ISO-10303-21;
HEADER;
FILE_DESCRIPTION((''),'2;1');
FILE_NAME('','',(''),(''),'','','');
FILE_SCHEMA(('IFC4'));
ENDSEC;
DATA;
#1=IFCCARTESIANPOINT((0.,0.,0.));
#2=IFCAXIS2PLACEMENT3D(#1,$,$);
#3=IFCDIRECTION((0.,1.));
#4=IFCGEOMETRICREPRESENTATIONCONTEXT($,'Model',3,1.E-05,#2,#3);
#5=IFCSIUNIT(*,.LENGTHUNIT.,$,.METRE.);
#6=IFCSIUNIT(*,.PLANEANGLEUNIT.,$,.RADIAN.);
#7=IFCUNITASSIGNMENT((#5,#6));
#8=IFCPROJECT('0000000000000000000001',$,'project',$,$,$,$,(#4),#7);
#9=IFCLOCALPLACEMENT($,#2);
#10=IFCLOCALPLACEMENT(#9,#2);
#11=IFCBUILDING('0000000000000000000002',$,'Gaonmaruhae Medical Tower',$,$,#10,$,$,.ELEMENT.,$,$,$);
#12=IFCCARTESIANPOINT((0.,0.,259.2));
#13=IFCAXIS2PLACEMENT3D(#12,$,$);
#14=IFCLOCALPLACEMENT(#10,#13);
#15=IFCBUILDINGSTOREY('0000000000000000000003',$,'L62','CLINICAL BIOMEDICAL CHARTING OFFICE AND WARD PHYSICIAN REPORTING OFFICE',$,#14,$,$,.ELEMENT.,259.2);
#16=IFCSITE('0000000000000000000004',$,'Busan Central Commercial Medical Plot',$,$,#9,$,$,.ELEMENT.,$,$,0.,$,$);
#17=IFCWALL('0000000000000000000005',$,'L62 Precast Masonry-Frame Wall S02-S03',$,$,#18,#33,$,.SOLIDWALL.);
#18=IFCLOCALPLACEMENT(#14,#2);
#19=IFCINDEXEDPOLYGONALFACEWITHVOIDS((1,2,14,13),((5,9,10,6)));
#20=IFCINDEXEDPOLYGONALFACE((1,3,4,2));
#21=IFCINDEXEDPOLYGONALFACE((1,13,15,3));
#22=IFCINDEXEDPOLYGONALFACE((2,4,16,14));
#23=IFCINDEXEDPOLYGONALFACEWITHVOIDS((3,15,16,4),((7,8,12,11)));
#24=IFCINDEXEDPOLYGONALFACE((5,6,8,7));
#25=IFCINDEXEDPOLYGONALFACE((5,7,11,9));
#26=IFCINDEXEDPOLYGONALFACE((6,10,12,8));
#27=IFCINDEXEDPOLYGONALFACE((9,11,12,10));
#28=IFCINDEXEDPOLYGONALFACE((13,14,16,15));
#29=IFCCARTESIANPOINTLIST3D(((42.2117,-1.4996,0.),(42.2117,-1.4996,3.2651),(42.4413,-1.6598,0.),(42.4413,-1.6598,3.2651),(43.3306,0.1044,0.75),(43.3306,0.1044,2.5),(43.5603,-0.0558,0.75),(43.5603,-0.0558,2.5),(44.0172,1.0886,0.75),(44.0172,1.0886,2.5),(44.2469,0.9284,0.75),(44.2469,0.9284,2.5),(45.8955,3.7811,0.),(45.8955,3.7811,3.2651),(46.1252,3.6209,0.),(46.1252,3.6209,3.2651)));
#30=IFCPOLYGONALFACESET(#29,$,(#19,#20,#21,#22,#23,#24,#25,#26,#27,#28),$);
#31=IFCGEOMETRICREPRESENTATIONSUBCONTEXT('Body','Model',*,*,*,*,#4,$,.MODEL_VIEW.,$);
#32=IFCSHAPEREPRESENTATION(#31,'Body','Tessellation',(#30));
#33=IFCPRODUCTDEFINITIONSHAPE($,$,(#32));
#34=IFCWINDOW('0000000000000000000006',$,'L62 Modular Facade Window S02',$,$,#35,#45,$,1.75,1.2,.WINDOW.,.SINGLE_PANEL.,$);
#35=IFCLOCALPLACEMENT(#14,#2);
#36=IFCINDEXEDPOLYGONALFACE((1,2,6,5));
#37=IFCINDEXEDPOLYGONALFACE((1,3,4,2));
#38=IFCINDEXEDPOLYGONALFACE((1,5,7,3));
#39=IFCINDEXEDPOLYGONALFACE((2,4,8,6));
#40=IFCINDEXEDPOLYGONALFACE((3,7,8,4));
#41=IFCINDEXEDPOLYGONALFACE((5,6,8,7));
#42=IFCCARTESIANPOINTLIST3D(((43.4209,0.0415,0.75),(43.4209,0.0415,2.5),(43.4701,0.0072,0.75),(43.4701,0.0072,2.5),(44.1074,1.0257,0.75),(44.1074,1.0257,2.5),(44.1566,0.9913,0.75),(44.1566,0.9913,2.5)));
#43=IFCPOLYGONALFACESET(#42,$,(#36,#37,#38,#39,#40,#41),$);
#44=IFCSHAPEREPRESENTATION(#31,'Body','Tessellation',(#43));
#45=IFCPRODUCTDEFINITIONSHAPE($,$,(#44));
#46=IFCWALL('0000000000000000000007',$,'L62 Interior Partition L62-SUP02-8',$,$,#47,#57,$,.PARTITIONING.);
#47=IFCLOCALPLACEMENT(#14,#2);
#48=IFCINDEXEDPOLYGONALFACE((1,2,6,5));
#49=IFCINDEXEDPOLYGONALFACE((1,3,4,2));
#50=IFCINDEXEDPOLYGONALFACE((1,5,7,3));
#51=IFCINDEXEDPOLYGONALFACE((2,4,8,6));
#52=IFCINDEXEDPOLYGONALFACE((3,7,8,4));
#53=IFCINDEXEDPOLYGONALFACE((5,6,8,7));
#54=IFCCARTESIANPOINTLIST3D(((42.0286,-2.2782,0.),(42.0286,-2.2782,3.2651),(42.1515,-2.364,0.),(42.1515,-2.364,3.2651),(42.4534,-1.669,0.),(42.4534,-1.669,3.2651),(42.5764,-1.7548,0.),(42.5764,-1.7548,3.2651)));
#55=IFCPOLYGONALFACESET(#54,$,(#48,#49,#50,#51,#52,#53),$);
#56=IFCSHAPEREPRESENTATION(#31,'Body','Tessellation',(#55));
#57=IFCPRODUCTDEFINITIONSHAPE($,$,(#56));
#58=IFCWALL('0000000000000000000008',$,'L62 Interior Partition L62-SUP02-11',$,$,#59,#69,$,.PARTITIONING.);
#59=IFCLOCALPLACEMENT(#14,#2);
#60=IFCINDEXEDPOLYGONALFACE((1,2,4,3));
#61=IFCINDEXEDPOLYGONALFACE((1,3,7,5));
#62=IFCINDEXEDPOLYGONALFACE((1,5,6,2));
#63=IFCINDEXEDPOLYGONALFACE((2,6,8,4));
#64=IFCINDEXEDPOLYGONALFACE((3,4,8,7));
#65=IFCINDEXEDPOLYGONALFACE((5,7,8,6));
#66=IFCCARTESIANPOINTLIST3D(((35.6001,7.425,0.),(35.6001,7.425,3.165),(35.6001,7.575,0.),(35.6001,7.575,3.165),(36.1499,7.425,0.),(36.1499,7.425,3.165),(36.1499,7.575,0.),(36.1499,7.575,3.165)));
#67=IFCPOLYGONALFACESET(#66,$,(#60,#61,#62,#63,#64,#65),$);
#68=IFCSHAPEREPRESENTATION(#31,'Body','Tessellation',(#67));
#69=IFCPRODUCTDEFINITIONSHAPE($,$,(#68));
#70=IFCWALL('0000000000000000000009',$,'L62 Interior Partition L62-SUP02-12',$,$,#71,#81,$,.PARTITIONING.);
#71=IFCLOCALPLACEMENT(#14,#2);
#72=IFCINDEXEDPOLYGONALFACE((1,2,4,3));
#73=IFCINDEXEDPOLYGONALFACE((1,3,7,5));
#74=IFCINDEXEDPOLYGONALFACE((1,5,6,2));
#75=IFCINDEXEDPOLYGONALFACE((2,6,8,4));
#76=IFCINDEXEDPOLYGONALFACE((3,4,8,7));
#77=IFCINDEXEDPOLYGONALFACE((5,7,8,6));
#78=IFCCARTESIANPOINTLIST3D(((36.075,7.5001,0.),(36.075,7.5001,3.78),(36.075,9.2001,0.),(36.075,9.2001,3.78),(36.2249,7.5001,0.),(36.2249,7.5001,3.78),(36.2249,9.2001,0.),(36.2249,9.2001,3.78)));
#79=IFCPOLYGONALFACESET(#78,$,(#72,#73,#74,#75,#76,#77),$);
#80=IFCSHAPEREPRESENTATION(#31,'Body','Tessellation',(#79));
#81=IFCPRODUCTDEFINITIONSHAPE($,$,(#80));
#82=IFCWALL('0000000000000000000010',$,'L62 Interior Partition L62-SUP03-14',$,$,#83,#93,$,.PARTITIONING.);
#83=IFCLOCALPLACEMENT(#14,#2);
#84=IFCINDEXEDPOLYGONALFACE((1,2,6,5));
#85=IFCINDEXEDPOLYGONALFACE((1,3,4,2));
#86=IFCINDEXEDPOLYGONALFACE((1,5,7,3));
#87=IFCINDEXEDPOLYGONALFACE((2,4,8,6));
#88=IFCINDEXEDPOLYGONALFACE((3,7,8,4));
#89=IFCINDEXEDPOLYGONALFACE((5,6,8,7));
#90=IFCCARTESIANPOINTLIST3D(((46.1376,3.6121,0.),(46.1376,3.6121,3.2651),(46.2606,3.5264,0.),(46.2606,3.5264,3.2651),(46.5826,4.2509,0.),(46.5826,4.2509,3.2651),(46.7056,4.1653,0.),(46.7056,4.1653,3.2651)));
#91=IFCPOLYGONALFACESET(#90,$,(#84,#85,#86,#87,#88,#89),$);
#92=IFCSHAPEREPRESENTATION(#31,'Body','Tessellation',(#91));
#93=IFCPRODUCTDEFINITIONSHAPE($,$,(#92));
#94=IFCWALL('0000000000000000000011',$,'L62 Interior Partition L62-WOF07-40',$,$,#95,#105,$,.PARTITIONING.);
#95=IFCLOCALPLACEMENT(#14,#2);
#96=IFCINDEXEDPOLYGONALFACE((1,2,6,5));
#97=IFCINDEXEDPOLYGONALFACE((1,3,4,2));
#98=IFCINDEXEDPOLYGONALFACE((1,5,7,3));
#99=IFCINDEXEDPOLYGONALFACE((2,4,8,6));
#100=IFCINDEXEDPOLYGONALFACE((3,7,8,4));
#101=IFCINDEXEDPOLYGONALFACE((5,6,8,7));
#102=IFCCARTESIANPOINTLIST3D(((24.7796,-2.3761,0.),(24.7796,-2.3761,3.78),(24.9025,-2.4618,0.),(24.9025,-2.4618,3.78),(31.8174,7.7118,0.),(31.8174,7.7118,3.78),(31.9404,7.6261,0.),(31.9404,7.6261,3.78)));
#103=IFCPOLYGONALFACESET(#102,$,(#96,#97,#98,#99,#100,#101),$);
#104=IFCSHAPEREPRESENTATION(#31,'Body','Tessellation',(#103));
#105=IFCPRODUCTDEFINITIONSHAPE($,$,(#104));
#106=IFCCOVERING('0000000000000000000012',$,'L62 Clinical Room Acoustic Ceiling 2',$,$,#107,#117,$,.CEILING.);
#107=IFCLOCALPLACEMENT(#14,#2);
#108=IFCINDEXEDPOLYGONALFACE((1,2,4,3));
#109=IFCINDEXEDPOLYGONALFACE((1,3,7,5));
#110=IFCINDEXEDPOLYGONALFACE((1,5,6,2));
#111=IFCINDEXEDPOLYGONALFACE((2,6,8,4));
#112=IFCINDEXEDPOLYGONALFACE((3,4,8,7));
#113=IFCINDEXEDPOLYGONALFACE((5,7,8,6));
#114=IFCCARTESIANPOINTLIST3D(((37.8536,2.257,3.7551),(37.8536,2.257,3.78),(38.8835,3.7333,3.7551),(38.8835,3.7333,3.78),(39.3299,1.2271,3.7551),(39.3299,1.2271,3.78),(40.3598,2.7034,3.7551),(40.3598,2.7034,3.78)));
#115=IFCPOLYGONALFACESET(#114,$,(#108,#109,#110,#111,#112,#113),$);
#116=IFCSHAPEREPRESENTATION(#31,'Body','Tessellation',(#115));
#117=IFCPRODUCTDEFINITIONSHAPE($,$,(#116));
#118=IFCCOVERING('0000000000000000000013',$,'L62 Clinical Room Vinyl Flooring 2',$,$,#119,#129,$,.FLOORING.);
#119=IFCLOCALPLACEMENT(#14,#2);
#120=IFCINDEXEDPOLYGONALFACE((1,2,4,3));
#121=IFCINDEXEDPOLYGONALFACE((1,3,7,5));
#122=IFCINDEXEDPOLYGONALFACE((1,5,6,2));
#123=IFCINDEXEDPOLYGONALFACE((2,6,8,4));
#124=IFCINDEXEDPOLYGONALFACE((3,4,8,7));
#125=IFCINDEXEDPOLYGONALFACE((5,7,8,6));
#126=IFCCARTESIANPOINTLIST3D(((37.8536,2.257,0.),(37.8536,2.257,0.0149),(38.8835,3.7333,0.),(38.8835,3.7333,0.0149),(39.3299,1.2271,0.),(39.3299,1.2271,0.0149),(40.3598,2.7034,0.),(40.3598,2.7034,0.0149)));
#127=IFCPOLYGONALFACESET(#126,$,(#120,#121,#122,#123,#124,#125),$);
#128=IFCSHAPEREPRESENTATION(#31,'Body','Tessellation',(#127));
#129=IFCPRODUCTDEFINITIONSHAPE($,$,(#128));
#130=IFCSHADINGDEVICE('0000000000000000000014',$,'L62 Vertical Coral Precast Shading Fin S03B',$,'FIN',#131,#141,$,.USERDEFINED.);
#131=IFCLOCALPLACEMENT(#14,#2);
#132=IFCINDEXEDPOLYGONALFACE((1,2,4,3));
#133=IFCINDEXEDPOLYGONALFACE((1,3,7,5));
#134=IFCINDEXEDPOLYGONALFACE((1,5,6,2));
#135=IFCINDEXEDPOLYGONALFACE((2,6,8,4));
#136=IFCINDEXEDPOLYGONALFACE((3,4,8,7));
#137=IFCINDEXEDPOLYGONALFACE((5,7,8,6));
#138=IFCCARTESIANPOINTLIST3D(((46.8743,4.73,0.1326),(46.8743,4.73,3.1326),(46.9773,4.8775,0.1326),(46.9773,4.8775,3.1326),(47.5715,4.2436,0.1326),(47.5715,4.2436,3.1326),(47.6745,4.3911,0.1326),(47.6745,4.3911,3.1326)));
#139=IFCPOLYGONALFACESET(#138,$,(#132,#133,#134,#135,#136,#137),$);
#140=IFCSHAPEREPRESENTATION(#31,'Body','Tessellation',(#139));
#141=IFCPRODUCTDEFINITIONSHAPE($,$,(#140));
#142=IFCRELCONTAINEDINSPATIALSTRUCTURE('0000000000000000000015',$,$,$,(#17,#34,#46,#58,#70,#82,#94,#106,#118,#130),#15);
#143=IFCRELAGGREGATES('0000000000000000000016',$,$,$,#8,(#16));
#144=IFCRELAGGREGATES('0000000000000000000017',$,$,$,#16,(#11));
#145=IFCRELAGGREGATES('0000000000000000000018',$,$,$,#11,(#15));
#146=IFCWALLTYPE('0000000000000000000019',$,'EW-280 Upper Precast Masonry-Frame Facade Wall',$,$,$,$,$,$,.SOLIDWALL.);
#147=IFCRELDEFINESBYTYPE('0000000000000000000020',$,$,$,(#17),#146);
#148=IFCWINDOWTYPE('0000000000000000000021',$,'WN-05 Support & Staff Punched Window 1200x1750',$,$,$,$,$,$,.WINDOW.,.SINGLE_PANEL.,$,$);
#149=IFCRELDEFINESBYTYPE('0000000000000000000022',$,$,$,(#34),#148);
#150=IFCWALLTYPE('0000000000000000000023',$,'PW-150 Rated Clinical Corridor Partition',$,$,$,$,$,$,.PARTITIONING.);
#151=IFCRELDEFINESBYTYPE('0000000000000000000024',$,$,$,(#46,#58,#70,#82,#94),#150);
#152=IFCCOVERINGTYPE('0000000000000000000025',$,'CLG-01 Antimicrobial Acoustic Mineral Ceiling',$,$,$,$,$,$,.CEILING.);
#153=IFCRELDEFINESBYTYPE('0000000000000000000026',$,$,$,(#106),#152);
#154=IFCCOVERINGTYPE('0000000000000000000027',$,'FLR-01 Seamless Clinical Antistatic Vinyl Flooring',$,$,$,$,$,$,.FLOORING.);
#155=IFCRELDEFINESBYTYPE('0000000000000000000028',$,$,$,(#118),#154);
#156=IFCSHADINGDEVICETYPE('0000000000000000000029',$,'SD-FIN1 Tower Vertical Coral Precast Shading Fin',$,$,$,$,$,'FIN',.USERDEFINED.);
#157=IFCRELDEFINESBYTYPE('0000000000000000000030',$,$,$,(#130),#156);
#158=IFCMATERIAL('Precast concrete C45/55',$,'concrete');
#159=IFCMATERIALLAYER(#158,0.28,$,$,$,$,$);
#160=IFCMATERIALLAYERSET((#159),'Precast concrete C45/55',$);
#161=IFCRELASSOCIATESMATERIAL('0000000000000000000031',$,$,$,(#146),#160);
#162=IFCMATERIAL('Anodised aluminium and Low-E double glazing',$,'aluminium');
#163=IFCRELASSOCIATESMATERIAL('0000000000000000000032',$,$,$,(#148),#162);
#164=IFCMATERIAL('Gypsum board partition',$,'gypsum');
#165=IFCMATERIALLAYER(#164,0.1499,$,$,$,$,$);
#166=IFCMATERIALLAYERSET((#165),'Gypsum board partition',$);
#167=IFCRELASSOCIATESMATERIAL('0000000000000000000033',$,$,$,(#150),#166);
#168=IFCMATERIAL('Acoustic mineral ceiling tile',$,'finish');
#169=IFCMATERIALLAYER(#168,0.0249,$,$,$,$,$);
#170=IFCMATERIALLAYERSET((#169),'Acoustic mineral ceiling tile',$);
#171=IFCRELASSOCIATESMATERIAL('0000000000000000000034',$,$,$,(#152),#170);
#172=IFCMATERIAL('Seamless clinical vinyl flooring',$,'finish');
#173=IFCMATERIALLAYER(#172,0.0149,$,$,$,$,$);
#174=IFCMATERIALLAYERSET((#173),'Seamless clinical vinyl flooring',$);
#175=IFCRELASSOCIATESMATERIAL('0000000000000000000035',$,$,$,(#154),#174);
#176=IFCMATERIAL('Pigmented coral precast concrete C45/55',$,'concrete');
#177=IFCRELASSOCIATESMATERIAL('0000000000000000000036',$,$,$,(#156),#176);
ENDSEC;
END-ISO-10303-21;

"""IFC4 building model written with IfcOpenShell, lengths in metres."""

from ifc_helpers import new_model, si_unit, direction, frame, frame_2d, origin, origin_2d, place, context, subcontext, project, spatial, rectangle, extrude, material, layer, layer_set, type_object, element, fill, save


model = new_model("IFC4")

# Units and contexts
model_context = context("Model", 3, precision=1e-05, world=origin(), true_north=direction((0.0, 1.0)))
body_context = subcontext(model_context, "Body", "Model", "MODEL_VIEW")
ifc_project = project(units=[si_unit("LENGTHUNIT", "METRE"), si_unit("PLANEANGLEUNIT", "RADIAN")], contexts=[model_context])

# Site, building, storey
site_placement = place(None, origin())
site = spatial("IfcSite", under=ifc_project, at=site_placement, Name="Busan Central Commercial Medical Plot", CompositionType="ELEMENT", RefElevation=0.0)
building_placement = place(site_placement, origin())
building = spatial("IfcBuilding", under=site, at=building_placement, Name="Gaonmaruhae Medical Tower", CompositionType="ELEMENT")
storey_placement = place(building_placement, frame((0.0, 0.0, 259.2)))
storey = spatial("IfcBuildingStorey", under=building, at=storey_placement, Name="L62", Description="CLINICAL BIOMEDICAL CHARTING OFFICE AND WARD PHYSICIAN REPORTING OFFICE", CompositionType="ELEMENT", Elevation=259.2)

# Wall, opening, window
ifc_material_1 = material(Name="Precast concrete C45/55", Category="concrete")
ifc_layer_1 = layer(ifc_material_1, 0.28)
ifc_layer_set_1 = layer_set([ifc_layer_1], Name="Precast concrete C45/55")
wall_type_1 = type_object("IfcWallType", Name="EW-280 Upper Precast Masonry-Frame Facade Wall", PredefinedType="SOLIDWALL", material=ifc_layer_set_1)
wall_1_placement = place(storey_placement, frame((46.0103, 3.7009, 0.0), z_axis=(0.0, 0.0, 1.0), x_axis=(-0.572138, -0.820157, 0.0)))
wall_1 = element("IfcWall", 1, at=wall_1_placement, inside=storey, type_object=wall_type_1, Name="L62 Precast Masonry-Frame Wall S02-S03", PredefinedType="SOLIDWALL", context=body_context, shape_type="SweptSolid", body=[
    extrude(rectangle(XDim=6.4387, YDim=0.28, at=frame_2d((3.2192, 0.0))), origin(), (0.0, 0.0, 1.0), 3.2651),
])
opening_placement = place(wall_1_placement, frame((3.2827, 0.0, 0.75)))
opening = element("IfcOpeningElement", 2, at=opening_placement, cuts=wall_1, PredefinedType="OPENING", context=body_context, shape_type="SweptSolid", body=[
    extrude(rectangle(XDim=1.2, YDim=1.75, at=frame_2d((0.6001, 0.875))), frame((0.0, 0.1499, 0.0), z_axis=(0.0, -1.0, 0.0), x_axis=(1.0, 0.0, 0.0)), (0.0, 0.0, 1.0), 0.3),
])
ifc_material_2 = material(Name="Anodised aluminium and Low-E double glazing", Category="aluminium")
window_type = type_object("IfcWindowType", Name="WN-05 Support & Staff Punched Window 1200x1750", PartitioningType="SINGLE_PANEL", PredefinedType="WINDOW", material=ifc_material_2)
window_placement = place(opening_placement, origin())
window = element("IfcWindow", 3, at=window_placement, inside=storey, type_object=window_type, Name="L62 Modular Facade Window S02", OverallHeight=1.75, OverallWidth=1.2, PartitioningType="SINGLE_PANEL", PredefinedType="WINDOW", context=body_context, shape_type="SweptSolid", body=[
    extrude(rectangle(XDim=1.2, YDim=1.75, at=frame_2d((0.6001, 0.875))), frame((0.0, 0.03, 0.0), z_axis=(0.0, -1.0, 0.0), x_axis=(1.0, 0.0, 0.0)), (0.0, 0.0, 1.0), 0.0601),
])
fill(opening, window)

# Walls
ifc_material_3 = material(Name="Gypsum board partition", Category="gypsum")
ifc_layer_2 = layer(ifc_material_3, 0.1499)
ifc_layer_set_2 = layer_set([ifc_layer_2], Name="Gypsum board partition")
wall_type_2 = type_object("IfcWallType", Name="PW-150 Rated Clinical Corridor Partition", PredefinedType="PARTITIONING", material=ifc_layer_set_2)
wall_2_placement = place(storey_placement, frame((42.5149, -1.7119, 0.0), z_axis=(0.0, 0.0, 1.0), x_axis=(-0.572027, -0.820235, 0.0)))
element("IfcWall", 4, at=wall_2_placement, inside=storey, type_object=wall_type_2, Name="L62 Interior Partition L62-SUP02-8", PredefinedType="PARTITIONING", context=body_context, shape_type="SweptSolid", body=[
    extrude(rectangle(XDim=0.7427, YDim=0.1499, at=frame_2d((0.3713, 0.0))), origin(), (0.0, 0.0, 1.0), 3.2651),
])
wall_3_placement = place(storey_placement, frame((35.6001, 7.5, 0.0), z_axis=(0.0, 0.0, 1.0), x_axis=(1.0, 0.0, 0.0)))
element("IfcWall", 5, at=wall_3_placement, inside=storey, type_object=wall_type_2, Name="L62 Interior Partition L62-SUP02-11", PredefinedType="PARTITIONING", context=body_context, shape_type="SweptSolid", body=[
    extrude(rectangle(XDim=0.5498, YDim=0.1499, at=frame_2d((0.2749, 0.0))), origin(), (0.0, 0.0, 1.0), 3.165),
])
wall_4_placement = place(storey_placement, frame((36.1499, 7.5, 0.0), z_axis=(0.0, 0.0, 1.0), x_axis=(0.0, 1.0, 0.0)))
element("IfcWall", 6, at=wall_4_placement, inside=storey, type_object=wall_type_2, Name="L62 Interior Partition L62-SUP02-12", PredefinedType="PARTITIONING", context=body_context, shape_type="SweptSolid", body=[
    extrude(rectangle(XDim=1.7, YDim=0.1499, at=frame_2d((0.8501, 0.0))), origin(), (0.0, 0.0, 1.0), 3.78),
])
wall_5_placement = place(storey_placement, frame((46.644, 4.208, 0.0), z_axis=(0.0, 0.0, 1.0), x_axis=(-0.571588, -0.820541, 0.0)))
element("IfcWall", 7, at=wall_5_placement, inside=storey, type_object=wall_type_2, Name="L62 Interior Partition L62-SUP03-14", PredefinedType="PARTITIONING", context=body_context, shape_type="SweptSolid", body=[
    extrude(rectangle(XDim=0.7786, YDim=0.1499, at=frame_2d((0.3892, 0.0))), origin(), (0.0, 0.0, 1.0), 3.2651),
])
wall_6_placement = place(storey_placement, frame((31.8789, 7.6689, 0.0), z_axis=(0.0, 0.0, 1.0), x_axis=(-0.572169, -0.820135, 0.0)))
element("IfcWall", 8, at=wall_6_placement, inside=storey, type_object=wall_type_2, Name="L62 Interior Partition L62-WOF07-40", PredefinedType="PARTITIONING", context=body_context, shape_type="SweptSolid", body=[
    extrude(rectangle(XDim=12.3003, YDim=0.1499, at=frame_2d((6.1501, 0.0))), origin(), (0.0, 0.0, 1.0), 3.78),
])

# Coverings
ifc_material_4 = material(Name="Acoustic mineral ceiling tile", Category="finish")
ifc_layer_3 = layer(ifc_material_4, 0.0249)
ifc_layer_set_3 = layer_set([ifc_layer_3], Name="Acoustic mineral ceiling tile")
covering_type_1 = type_object("IfcCoveringType", Name="CLG-01 Antimicrobial Acoustic Mineral Ceiling", PredefinedType="CEILING", material=ifc_layer_set_3)
covering_1_placement = place(storey_placement, frame((39.1067, 2.4802, 3.7551), z_axis=(0.0, 0.0, 1.0), x_axis=(0.572146, 0.820152, 0.0)))
element("IfcCovering", 9, at=covering_1_placement, inside=storey, type_object=covering_type_1, Name="L62 Clinical Room Acoustic Ceiling 2", PredefinedType="CEILING", context=body_context, shape_type="SweptSolid", body=[
    extrude(rectangle(XDim=1.8, YDim=1.8, at=origin_2d()), origin(), (0.0, 0.0, 1.0), 0.0249),
])
ifc_material_5 = material(Name="Seamless clinical vinyl flooring", Category="finish")
ifc_layer_4 = layer(ifc_material_5, 0.0149)
ifc_layer_set_4 = layer_set([ifc_layer_4], Name="Seamless clinical vinyl flooring")
covering_type_2 = type_object("IfcCoveringType", Name="FLR-01 Seamless Clinical Antistatic Vinyl Flooring", PredefinedType="FLOORING", material=ifc_layer_set_4)
covering_2_placement = place(storey_placement, frame((39.1067, 2.4802, 0.0), z_axis=(0.0, 0.0, 1.0), x_axis=(0.572146, 0.820152, 0.0)))
element("IfcCovering", 10, at=covering_2_placement, inside=storey, type_object=covering_type_2, Name="L62 Clinical Room Vinyl Flooring 2", PredefinedType="FLOORING", context=body_context, shape_type="SweptSolid", body=[
    extrude(rectangle(XDim=1.8, YDim=1.8, at=origin_2d()), origin(), (0.0, 0.0, 1.0), 0.0149),
])

# Shading device
ifc_material_6 = material(Name="Pigmented coral precast concrete C45/55", Category="concrete")
shading_device_type = type_object("IfcShadingDeviceType", Name="SD-FIN1 Tower Vertical Coral Precast Shading Fin", ElementType="FIN", PredefinedType="USERDEFINED", material=ifc_material_6)
shading_device_placement = place(storey_placement, frame((47.2744, 4.5605, 0.1326), z_axis=(0.0, 0.0, 1.0), x_axis=(-0.572146, -0.820152, 0.0)))
element("IfcShadingDevice", 11, at=shading_device_placement, inside=storey, type_object=shading_device_type, Name="L62 Vertical Coral Precast Shading Fin S03B", ObjectType="FIN", PredefinedType="USERDEFINED", context=body_context, shape_type="SweptSolid", body=[
    extrude(rectangle(XDim=0.1799, YDim=0.8501, at=origin_2d()), origin(), (0.0, 0.0, 1.0), 3.0),
])

save(model, "model.ifc")
